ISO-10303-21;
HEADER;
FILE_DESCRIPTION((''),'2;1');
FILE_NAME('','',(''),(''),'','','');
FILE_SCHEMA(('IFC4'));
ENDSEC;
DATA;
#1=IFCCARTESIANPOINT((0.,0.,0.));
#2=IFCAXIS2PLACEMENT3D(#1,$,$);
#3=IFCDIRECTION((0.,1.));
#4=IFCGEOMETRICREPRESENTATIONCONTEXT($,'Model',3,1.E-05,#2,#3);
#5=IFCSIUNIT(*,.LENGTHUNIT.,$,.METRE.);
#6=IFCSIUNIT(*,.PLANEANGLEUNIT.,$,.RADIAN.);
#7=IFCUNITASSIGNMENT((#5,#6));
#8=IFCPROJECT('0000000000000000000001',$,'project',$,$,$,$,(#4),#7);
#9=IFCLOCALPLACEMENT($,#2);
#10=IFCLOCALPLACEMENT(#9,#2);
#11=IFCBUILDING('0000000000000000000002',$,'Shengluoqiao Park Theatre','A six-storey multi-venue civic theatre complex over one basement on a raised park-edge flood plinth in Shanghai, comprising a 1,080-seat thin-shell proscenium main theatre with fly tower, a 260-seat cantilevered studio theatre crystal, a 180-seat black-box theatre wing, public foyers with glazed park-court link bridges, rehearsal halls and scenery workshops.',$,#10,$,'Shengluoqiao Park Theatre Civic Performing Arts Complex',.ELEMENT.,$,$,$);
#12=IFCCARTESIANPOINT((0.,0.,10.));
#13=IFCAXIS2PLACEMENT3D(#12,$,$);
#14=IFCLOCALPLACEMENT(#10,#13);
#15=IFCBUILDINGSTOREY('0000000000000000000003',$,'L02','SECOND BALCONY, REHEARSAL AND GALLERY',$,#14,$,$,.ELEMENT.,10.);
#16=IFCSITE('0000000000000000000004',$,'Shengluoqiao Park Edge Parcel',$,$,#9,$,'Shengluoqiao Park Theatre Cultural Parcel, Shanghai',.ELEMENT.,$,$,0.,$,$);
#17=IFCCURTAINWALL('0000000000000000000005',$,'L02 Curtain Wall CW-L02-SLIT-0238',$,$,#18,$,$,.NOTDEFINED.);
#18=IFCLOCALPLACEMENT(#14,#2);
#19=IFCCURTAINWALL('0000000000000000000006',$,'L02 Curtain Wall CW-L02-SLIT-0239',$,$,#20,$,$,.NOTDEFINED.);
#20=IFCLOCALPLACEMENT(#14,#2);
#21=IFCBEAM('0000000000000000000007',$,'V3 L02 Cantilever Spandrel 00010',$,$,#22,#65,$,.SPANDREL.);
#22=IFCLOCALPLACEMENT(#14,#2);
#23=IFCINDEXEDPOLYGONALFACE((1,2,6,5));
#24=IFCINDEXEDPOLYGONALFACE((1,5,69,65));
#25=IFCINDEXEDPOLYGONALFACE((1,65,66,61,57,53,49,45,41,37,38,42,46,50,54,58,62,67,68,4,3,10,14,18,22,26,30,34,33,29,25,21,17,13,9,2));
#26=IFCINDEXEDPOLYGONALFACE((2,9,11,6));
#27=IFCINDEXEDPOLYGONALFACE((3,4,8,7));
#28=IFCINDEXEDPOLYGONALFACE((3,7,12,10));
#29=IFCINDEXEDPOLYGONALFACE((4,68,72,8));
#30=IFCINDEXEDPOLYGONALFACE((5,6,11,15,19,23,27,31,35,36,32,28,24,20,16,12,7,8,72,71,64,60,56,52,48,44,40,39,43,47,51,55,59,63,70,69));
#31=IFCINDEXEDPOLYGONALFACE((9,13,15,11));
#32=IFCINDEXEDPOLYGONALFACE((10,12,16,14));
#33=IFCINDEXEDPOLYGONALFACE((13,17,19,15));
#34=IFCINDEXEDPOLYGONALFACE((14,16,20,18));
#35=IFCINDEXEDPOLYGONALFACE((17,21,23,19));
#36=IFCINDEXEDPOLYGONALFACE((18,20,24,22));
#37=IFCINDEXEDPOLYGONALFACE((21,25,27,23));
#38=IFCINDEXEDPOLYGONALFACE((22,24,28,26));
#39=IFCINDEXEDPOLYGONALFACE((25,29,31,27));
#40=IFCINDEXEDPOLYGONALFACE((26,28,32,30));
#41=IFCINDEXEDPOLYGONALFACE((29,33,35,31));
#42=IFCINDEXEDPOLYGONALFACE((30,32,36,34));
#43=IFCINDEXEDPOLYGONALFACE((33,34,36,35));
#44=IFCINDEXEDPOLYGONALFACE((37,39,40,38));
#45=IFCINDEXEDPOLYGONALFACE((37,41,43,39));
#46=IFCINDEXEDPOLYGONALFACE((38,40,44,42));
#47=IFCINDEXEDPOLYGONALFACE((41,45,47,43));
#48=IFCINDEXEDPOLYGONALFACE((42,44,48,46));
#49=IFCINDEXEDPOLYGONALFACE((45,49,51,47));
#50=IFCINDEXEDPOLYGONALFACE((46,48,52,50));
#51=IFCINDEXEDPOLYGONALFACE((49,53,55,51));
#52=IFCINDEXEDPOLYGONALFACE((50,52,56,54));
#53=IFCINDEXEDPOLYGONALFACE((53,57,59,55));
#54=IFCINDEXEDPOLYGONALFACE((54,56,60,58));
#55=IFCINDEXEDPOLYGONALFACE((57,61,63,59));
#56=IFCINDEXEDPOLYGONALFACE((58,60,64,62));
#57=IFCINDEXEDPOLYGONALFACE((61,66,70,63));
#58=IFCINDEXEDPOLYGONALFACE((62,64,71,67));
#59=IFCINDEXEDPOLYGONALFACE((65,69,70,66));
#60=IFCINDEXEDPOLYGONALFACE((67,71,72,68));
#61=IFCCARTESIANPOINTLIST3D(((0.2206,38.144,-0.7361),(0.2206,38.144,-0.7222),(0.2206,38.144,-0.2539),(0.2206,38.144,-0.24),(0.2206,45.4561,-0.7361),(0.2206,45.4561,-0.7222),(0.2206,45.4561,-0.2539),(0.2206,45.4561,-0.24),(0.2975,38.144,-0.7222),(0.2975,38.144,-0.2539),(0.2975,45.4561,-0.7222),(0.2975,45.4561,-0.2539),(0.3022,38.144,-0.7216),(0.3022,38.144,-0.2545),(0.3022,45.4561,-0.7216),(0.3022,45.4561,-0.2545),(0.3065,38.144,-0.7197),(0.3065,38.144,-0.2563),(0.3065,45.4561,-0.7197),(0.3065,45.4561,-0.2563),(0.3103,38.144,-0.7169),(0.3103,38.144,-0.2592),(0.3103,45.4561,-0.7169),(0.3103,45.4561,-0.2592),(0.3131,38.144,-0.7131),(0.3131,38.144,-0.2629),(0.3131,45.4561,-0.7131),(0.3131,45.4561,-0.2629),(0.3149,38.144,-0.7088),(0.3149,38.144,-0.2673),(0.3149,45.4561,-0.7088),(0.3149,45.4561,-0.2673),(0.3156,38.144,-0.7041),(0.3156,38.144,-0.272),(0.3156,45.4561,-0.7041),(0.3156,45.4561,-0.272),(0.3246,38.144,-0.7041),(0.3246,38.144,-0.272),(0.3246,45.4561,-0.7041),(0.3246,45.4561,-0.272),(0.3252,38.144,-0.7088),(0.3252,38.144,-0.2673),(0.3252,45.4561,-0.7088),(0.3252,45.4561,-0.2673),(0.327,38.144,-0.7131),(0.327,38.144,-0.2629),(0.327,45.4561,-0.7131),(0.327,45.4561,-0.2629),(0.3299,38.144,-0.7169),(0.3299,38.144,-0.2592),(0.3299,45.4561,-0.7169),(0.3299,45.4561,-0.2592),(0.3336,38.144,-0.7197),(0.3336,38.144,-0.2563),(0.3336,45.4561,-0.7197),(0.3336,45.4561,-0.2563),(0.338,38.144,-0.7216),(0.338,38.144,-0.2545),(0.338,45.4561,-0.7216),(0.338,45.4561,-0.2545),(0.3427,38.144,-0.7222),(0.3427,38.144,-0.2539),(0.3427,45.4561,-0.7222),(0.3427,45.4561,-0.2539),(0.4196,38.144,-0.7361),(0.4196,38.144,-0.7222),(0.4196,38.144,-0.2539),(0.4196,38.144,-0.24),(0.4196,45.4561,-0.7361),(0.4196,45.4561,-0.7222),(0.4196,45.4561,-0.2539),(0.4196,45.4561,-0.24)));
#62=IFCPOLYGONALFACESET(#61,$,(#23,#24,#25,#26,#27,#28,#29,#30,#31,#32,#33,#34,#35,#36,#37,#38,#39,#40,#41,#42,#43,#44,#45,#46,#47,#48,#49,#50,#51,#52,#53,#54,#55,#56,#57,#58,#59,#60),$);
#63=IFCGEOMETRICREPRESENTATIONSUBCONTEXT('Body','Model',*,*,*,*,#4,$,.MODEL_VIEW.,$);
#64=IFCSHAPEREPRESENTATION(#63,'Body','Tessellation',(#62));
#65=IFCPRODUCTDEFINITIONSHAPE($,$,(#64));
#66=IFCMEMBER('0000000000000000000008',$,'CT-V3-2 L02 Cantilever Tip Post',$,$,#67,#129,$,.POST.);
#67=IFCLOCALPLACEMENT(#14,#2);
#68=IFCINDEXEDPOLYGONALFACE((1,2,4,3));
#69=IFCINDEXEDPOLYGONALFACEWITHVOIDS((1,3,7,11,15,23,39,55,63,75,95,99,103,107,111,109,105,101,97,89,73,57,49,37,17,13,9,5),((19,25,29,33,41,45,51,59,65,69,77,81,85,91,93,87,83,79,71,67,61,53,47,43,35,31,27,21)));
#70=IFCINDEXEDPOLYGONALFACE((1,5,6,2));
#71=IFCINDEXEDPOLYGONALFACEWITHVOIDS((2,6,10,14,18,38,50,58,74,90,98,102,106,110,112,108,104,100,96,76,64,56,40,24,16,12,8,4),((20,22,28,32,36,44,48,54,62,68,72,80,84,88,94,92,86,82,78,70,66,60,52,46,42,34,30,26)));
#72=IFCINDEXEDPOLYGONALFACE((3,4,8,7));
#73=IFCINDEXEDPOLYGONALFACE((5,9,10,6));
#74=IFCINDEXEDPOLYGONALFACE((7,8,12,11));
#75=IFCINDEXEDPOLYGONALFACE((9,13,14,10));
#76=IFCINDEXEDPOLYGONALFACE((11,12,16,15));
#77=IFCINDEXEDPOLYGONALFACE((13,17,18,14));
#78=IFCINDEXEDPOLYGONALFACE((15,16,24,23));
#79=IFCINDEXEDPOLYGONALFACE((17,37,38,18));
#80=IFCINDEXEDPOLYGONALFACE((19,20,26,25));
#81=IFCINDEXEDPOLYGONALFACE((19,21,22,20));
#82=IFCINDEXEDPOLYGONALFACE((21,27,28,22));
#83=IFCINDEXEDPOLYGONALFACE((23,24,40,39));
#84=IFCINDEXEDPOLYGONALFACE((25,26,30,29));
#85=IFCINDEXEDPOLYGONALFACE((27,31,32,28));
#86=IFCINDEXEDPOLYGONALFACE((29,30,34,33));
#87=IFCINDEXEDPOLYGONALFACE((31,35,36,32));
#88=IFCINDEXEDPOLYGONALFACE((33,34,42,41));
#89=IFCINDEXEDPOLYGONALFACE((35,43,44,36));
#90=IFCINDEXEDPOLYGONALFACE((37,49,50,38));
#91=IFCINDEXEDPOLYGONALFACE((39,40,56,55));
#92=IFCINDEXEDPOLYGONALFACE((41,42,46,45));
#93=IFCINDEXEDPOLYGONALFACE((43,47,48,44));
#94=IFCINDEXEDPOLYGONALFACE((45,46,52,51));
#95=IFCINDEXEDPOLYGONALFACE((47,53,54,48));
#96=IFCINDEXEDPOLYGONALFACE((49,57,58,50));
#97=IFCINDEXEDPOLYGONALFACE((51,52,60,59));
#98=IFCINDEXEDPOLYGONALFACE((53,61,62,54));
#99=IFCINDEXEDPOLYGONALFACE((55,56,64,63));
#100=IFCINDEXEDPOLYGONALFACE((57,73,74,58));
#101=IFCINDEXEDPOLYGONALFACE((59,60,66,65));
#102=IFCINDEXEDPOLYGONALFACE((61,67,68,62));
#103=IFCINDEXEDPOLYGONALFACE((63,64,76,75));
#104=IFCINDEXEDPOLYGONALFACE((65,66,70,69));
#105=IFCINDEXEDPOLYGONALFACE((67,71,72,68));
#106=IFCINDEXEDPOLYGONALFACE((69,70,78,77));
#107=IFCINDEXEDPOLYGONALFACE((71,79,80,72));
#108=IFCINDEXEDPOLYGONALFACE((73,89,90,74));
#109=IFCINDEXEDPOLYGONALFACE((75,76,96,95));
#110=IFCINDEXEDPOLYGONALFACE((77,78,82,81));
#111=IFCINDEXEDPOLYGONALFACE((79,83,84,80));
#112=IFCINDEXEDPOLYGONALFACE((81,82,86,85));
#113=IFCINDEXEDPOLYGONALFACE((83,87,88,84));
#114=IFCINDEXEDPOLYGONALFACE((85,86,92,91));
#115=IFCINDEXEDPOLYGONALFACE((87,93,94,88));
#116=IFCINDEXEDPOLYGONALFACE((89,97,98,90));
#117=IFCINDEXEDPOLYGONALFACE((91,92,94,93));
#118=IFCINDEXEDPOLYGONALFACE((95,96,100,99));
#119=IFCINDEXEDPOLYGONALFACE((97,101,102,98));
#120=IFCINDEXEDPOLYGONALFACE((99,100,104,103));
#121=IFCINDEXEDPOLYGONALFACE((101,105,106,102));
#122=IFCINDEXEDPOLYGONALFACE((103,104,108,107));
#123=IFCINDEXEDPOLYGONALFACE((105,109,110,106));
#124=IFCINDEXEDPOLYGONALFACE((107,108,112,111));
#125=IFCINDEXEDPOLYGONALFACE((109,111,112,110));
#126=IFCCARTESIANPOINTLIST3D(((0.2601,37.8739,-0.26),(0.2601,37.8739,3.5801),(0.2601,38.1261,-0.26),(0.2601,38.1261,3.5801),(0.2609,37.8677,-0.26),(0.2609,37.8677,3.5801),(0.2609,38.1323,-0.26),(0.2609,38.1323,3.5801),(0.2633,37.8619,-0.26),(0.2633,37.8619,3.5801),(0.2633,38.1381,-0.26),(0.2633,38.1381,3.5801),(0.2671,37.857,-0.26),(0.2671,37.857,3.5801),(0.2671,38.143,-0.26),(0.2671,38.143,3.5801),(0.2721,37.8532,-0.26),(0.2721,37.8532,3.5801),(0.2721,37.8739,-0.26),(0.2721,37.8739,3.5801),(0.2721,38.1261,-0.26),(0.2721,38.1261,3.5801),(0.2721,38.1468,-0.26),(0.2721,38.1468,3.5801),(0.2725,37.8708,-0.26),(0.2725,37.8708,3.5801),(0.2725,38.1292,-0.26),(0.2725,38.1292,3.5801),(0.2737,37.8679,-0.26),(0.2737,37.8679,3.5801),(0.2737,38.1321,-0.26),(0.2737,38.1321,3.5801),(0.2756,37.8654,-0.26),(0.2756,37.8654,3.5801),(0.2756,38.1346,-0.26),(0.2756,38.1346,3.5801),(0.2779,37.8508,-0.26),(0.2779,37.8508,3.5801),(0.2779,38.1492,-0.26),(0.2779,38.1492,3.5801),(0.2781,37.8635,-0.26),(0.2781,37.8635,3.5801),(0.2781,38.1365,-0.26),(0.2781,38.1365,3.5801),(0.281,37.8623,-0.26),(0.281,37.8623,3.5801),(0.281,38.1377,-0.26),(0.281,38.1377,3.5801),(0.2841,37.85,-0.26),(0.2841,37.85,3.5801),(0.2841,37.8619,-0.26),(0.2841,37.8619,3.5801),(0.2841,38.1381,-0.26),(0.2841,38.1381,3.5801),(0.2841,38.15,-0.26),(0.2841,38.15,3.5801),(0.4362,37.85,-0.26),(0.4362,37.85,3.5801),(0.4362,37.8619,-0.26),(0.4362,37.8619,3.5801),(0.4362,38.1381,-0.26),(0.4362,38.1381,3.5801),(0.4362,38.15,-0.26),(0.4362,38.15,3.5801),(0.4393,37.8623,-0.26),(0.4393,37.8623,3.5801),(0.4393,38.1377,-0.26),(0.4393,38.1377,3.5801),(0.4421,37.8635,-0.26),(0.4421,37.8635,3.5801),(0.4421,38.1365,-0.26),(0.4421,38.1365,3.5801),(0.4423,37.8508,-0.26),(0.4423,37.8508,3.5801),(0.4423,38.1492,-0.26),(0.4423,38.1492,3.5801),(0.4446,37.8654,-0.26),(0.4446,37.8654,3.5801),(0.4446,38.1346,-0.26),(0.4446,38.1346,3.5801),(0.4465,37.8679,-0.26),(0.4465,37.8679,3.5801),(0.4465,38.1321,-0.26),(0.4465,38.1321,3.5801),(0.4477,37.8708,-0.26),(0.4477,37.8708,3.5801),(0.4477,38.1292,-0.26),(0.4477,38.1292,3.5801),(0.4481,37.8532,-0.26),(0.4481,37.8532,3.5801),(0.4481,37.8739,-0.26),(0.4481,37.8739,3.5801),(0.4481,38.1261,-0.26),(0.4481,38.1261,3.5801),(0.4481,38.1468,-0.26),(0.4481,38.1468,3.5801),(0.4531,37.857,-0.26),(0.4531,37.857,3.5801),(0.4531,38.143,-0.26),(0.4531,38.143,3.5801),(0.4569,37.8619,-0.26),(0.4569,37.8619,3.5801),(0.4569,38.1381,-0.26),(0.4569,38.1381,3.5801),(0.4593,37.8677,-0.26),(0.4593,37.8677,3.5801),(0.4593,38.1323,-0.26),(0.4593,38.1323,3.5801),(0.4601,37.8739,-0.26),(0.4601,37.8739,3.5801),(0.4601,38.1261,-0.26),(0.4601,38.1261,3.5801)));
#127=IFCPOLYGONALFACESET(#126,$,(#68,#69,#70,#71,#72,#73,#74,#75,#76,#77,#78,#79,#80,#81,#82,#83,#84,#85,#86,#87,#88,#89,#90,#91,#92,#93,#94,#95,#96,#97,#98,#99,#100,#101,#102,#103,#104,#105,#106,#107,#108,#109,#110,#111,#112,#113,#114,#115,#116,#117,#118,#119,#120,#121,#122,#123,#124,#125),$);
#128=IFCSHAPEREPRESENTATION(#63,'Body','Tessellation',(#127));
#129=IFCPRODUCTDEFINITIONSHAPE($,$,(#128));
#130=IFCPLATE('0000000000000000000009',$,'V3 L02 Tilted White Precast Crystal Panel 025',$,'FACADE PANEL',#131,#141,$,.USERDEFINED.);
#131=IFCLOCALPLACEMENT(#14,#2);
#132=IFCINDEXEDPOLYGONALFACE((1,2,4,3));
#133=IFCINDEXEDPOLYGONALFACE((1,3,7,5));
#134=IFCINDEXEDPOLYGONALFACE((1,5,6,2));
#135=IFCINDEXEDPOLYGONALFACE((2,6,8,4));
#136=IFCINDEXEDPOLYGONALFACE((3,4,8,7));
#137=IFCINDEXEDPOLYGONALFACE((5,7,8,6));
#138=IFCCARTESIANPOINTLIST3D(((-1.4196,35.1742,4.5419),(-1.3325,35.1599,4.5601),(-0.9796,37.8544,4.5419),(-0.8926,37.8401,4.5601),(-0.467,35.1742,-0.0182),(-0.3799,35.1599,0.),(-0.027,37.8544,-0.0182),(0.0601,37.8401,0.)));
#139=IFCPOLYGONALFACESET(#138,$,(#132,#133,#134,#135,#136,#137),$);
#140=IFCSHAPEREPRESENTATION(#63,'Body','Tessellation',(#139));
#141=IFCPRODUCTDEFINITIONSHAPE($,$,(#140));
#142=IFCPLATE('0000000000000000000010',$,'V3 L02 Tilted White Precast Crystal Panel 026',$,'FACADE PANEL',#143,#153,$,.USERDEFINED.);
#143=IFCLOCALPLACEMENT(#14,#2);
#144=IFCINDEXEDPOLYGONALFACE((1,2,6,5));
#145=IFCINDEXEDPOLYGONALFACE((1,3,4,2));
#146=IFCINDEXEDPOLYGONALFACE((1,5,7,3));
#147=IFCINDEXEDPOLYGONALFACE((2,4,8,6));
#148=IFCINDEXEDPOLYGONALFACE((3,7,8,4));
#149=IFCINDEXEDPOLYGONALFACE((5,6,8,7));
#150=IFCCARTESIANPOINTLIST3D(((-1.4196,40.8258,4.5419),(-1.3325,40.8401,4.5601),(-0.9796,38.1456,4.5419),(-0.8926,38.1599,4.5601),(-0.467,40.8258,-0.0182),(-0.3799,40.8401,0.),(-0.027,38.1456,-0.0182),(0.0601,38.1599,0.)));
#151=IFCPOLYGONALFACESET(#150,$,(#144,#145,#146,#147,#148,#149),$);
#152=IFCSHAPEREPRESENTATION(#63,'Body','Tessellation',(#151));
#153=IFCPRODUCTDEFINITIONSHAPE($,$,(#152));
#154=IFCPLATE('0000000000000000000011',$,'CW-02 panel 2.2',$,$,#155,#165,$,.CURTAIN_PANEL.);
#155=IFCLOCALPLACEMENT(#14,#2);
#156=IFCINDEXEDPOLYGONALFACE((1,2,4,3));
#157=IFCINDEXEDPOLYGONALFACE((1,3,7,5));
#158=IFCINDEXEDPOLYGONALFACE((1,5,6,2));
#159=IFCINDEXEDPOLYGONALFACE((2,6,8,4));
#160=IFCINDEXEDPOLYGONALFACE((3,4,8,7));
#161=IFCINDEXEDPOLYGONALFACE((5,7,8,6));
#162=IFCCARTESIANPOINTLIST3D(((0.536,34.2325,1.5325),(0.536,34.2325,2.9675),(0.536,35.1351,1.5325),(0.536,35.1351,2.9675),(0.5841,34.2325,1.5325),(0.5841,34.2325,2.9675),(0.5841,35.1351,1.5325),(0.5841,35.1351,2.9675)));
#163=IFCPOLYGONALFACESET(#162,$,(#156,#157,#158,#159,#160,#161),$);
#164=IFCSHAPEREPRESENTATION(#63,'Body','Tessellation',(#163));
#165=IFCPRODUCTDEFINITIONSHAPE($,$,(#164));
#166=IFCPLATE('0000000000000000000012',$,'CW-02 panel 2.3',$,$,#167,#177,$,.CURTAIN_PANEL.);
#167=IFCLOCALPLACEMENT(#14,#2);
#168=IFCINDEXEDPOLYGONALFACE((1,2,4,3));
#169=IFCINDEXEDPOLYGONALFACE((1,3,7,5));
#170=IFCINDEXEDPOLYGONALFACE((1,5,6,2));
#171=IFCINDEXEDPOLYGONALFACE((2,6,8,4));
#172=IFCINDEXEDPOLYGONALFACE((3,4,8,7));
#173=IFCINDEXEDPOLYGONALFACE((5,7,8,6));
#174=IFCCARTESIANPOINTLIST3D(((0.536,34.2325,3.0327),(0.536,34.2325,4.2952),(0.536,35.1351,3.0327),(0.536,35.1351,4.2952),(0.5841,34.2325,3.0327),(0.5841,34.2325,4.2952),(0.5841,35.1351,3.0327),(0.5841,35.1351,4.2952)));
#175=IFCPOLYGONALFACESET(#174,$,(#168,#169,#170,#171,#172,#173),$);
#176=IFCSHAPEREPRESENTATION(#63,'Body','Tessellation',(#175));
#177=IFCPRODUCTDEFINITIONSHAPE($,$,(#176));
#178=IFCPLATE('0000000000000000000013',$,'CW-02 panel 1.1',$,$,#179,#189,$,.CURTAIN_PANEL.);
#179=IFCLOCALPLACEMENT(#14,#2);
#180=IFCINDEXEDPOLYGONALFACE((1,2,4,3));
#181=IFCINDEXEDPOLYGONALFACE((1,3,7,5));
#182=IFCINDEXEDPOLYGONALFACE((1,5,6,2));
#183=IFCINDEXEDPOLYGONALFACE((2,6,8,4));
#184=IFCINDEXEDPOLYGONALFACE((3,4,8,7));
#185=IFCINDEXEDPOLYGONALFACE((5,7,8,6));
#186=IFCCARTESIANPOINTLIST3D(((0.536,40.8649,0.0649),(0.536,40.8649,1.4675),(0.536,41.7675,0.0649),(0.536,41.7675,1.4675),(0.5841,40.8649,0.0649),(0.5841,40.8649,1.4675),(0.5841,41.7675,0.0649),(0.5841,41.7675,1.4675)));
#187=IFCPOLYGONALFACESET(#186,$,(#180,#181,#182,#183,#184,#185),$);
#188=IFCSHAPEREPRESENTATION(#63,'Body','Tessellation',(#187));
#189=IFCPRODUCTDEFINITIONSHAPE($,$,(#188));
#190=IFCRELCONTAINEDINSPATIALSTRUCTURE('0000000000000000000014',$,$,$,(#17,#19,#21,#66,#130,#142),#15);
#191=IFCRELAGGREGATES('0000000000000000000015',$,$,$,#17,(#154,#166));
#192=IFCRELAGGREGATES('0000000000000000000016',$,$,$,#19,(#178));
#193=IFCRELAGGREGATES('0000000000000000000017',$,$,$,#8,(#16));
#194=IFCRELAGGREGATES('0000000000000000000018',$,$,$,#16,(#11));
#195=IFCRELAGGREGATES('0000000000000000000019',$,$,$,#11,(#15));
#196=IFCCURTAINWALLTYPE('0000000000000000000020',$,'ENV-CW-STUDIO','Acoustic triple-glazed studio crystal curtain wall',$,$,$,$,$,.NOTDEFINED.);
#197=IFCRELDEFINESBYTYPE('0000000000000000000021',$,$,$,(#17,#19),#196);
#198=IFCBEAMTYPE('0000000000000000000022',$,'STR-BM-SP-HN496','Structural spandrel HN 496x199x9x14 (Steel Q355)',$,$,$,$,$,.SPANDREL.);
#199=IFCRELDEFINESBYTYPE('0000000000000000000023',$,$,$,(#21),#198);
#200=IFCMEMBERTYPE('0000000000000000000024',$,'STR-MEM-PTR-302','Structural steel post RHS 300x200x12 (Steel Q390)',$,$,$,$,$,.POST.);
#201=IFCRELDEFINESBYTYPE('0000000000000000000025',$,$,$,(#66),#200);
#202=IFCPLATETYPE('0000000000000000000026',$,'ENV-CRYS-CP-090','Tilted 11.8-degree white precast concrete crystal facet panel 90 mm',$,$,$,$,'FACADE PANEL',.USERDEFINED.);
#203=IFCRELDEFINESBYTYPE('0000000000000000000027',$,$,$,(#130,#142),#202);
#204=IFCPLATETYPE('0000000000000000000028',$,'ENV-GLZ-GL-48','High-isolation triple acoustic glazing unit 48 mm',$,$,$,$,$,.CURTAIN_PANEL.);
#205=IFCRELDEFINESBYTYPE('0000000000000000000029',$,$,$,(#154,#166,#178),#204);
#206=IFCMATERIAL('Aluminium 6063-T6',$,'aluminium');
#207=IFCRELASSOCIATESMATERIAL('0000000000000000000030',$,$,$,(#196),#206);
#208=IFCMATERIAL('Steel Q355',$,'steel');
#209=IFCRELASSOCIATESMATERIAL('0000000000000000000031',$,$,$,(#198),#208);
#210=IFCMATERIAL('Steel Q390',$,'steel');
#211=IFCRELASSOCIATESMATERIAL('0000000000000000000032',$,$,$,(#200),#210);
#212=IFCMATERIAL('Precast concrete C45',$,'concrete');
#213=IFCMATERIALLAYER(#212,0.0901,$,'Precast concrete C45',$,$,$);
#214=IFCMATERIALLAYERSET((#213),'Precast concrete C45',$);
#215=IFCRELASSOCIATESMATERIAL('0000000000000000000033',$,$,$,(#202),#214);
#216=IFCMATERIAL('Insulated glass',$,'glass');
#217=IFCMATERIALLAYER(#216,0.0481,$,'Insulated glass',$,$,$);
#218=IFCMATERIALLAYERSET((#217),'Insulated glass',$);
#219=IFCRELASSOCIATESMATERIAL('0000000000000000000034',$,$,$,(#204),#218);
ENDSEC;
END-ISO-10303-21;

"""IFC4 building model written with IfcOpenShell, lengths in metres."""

from ifc_helpers import new_model, si_unit, direction, frame, origin, origin_2d, place, context, subcontext, project, spatial, polyline, rectangle, hollow_rectangle, i_section, outline, extrude, material, layer, layer_set, material_profile, profile_set, type_object, element, aggregate, save


model = new_model("IFC4")

# Units and contexts
model_context = context("Model", 3, precision=1e-05, world=origin(), true_north=direction((0.0, 1.0)))
body_context = subcontext(model_context, "Body", "Model", "MODEL_VIEW")
ifc_project = project(units=[si_unit("LENGTHUNIT", "METRE"), si_unit("PLANEANGLEUNIT", "RADIAN")], contexts=[model_context])

# Site, building, storey
site_placement = place(None, origin())
site = spatial("IfcSite", under=ifc_project, at=site_placement, Name="Shengluoqiao Park Edge Parcel", LongName="Shengluoqiao Park Theatre Cultural Parcel, Shanghai", CompositionType="ELEMENT", RefElevation=0.0)
building_placement = place(site_placement, origin())
building = spatial("IfcBuilding", under=site, at=building_placement, Name="Shengluoqiao Park Theatre", Description="A six-storey multi-venue civic theatre complex over one basement on a raised park-edge flood plinth in Shanghai, comprising a 1,080-seat thin-shell proscenium main theatre with fly tower, a 260-seat cantilevered studio theatre crystal, a 180-seat black-box theatre wing, public foyers with glazed park-court link bridges, rehearsal halls and scenery workshops.", LongName="Shengluoqiao Park Theatre Civic Performing Arts Complex", CompositionType="ELEMENT")
storey_placement = place(building_placement, frame((0.0, 0.0, 10.0)))
storey = spatial("IfcBuildingStorey", under=building, at=storey_placement, Name="L02", Description="SECOND BALCONY, REHEARSAL AND GALLERY", CompositionType="ELEMENT", Elevation=10.0)

# Curtain wall
ifc_material_1 = material(Name="Aluminium 6063-T6", Category="aluminium")
curtain_wall_type = type_object("IfcCurtainWallType", Name="ENV-CW-STUDIO", Description="Acoustic triple-glazed studio crystal curtain wall", PredefinedType="NOTDEFINED", material=ifc_material_1)
curtain_wall_1_placement = place(storey_placement, origin())
curtain_wall_1 = element("IfcCurtainWall", 1, at=curtain_wall_1_placement, inside=storey, type_object=curtain_wall_type, Name="L02 Curtain Wall CW-L02-SLIT-0238", PredefinedType="NOTDEFINED")

# Curtain wall
curtain_wall_2_placement = place(storey_placement, origin())
curtain_wall_2 = element("IfcCurtainWall", 2, at=curtain_wall_2_placement, inside=storey, type_object=curtain_wall_type, Name="L02 Curtain Wall CW-L02-SLIT-0239", PredefinedType="NOTDEFINED")

# Beam
ifc_material_2 = material(Name="Steel Q390", Category="steel")
ifc_material_3 = material(Name="Steel Q355", Category="steel")
ifc_material_profile_1 = material_profile(ifc_material_3, i_section(OverallWidth=0.199, OverallDepth=0.4961, WebThickness=0.009, FlangeThickness=0.0139, FilletRadius=0.0181, at=origin_2d()), Name="HN 496x199x9x14")
ifc_profile_set_1 = profile_set([ifc_material_profile_1], Name="Steel Q355")
beam_type_1 = type_object("IfcBeamType", Name="STR-BM-SP-HN496", Description="Structural spandrel HN 496x199x9x14 (Steel Q355)", PredefinedType="SPANDREL", material=ifc_profile_set_1)
beam_1_placement = place(storey_placement, frame((0.3201, 38.144, -0.488), z_axis=(0.0, 1.0, 0.0), x_axis=(-1.0, 0.0, 0.0)))
element("IfcBeam", 3, at=beam_1_placement, inside=storey, type_object=beam_type_1, Name="V3 L02 Cantilever Spandrel 00010", PredefinedType="SPANDREL", context=body_context, shape_type="SweptSolid", body=[
    extrude(i_section(OverallWidth=0.199, OverallDepth=0.4961, WebThickness=0.009, FlangeThickness=0.0139, FilletRadius=0.0181, at=origin_2d()), origin(), (0.0, 0.0, 1.0), 7.312),
])

# Member
ifc_material_profile_2 = material_profile(ifc_material_2, hollow_rectangle(XDim=0.2, YDim=0.3, WallThickness=0.012, InnerFilletRadius=0.012, OuterFilletRadius=0.0239, at=origin_2d()), Name="RHS 300x200x12")
ifc_profile_set_2 = profile_set([ifc_material_profile_2], Name="Steel Q390")
member_type_1 = type_object("IfcMemberType", Name="STR-MEM-PTR-302", Description="Structural steel post RHS 300x200x12 (Steel Q390)", PredefinedType="POST", material=ifc_profile_set_2)
member_1_placement = place(storey_placement, frame((0.3601, 38.0, -0.26), z_axis=(0.0, 0.0, 1.0), x_axis=(1.0, 0.0, 0.0)))
element("IfcMember", 4, at=member_1_placement, inside=storey, type_object=member_type_1, Name="CT-V3-2 L02 Cantilever Tip Post", PredefinedType="POST", context=body_context, shape_type="SweptSolid", body=[
    extrude(hollow_rectangle(XDim=0.2, YDim=0.3, WallThickness=0.012, InnerFilletRadius=0.012, OuterFilletRadius=0.0239, at=origin_2d()), origin(), (0.0, 0.0, 1.0), 3.8401),
])

# Plates
ifc_material_4 = material(Name="Precast concrete C45", Category="concrete")
ifc_layer_1 = layer(ifc_material_4, 0.0901, Name="Precast concrete C45")
ifc_layer_set_1 = layer_set([ifc_layer_1], Name="Precast concrete C45")
plate_type_1 = type_object("IfcPlateType", Name="ENV-CRYS-CP-090", Description="Tilted 11.8-degree white precast concrete crystal facet panel 90 mm", ElementType="FACADE PANEL", PredefinedType="USERDEFINED", material=ifc_layer_set_1)
plate_1_placement = place(storey_placement, frame((-0.3799, 35.1599, 0.0), z_axis=(0.966471, -0.158643, 0.201904), x_axis=(0.161979, 0.986794, 0.0)))
element("IfcPlate", 5, at=plate_1_placement, inside=storey, type_object=plate_type_1, Name="V3 L02 Tilted White Precast Crystal Panel 025", ObjectType="FACADE PANEL", PredefinedType="USERDEFINED", context=body_context, shape_type="SweptSolid", body=[
    extrude(outline(polyline([(0.0, 0.0), (2.716, 0.0), (2.5617, 4.6559), (-0.1543, 4.6559), (0.0, 0.0)])), origin(), (0.0, 0.0, -1.0), 0.0901),
])
plate_2_placement = place(storey_placement, frame((0.0601, 38.1599, 0.0), z_axis=(0.966471, 0.158643, 0.201904), x_axis=(-0.161979, 0.986794, 0.0)))
element("IfcPlate", 6, at=plate_2_placement, inside=storey, type_object=plate_type_1, Name="V3 L02 Tilted White Precast Crystal Panel 026", ObjectType="FACADE PANEL", PredefinedType="USERDEFINED", context=body_context, shape_type="SweptSolid", body=[
    extrude(outline(polyline([(0.0, 0.0), (2.716, 0.0), (2.8704, 4.6559), (0.1543, 4.6559), (0.0, 0.0)])), origin(), (0.0, 0.0, -1.0), 0.0901),
])

# Plates
ifc_material_5 = material(Name="Insulated glass", Category="glass")
ifc_layer_2 = layer(ifc_material_5, 0.0481, Name="Insulated glass")
ifc_layer_set_2 = layer_set([ifc_layer_2], Name="Insulated glass")
plate_type_2 = type_object("IfcPlateType", Name="ENV-GLZ-GL-48", Description="High-isolation triple acoustic glazing unit 48 mm", PredefinedType="CURTAIN_PANEL", material=ifc_layer_set_2)
plate_3_placement = place(storey_placement, frame((0.5601, 34.6838, 1.5325), z_axis=(0.0, 0.0, 1.0), x_axis=(0.0, 1.0, 0.0)))
plate_3 = element("IfcPlate", 7, at=plate_3_placement, type_object=plate_type_2, Name="CW-02 panel 2.2", PredefinedType="CURTAIN_PANEL", context=body_context, shape_type="SweptSolid", body=[
    extrude(rectangle(XDim=0.9026, YDim=0.0481, at=origin_2d()), origin(), (0.0, 0.0, 1.0), 1.4351),
])
plate_4_placement = place(storey_placement, frame((0.5601, 34.6838, 3.0327), z_axis=(0.0, 0.0, 1.0), x_axis=(0.0, 1.0, 0.0)))
plate_4 = element("IfcPlate", 8, at=plate_4_placement, type_object=plate_type_2, Name="CW-02 panel 2.3", PredefinedType="CURTAIN_PANEL", context=body_context, shape_type="SweptSolid", body=[
    extrude(rectangle(XDim=0.9026, YDim=0.0481, at=origin_2d()), origin(), (0.0, 0.0, 1.0), 1.2625),
])
aggregate(curtain_wall_1, [plate_3, plate_4])
plate_5_placement = place(storey_placement, frame((0.5601, 41.3162, 0.0649), z_axis=(0.0, 0.0, 1.0), x_axis=(0.0, 1.0, 0.0)))
plate_5 = element("IfcPlate", 9, at=plate_5_placement, type_object=plate_type_2, Name="CW-02 panel 1.1", PredefinedType="CURTAIN_PANEL", context=body_context, shape_type="SweptSolid", body=[
    extrude(rectangle(XDim=0.9026, YDim=0.0481, at=origin_2d()), origin(), (0.0, 0.0, 1.0), 1.4026),
])
aggregate(curtain_wall_2, [plate_5])

save(model, "model.ifc")
